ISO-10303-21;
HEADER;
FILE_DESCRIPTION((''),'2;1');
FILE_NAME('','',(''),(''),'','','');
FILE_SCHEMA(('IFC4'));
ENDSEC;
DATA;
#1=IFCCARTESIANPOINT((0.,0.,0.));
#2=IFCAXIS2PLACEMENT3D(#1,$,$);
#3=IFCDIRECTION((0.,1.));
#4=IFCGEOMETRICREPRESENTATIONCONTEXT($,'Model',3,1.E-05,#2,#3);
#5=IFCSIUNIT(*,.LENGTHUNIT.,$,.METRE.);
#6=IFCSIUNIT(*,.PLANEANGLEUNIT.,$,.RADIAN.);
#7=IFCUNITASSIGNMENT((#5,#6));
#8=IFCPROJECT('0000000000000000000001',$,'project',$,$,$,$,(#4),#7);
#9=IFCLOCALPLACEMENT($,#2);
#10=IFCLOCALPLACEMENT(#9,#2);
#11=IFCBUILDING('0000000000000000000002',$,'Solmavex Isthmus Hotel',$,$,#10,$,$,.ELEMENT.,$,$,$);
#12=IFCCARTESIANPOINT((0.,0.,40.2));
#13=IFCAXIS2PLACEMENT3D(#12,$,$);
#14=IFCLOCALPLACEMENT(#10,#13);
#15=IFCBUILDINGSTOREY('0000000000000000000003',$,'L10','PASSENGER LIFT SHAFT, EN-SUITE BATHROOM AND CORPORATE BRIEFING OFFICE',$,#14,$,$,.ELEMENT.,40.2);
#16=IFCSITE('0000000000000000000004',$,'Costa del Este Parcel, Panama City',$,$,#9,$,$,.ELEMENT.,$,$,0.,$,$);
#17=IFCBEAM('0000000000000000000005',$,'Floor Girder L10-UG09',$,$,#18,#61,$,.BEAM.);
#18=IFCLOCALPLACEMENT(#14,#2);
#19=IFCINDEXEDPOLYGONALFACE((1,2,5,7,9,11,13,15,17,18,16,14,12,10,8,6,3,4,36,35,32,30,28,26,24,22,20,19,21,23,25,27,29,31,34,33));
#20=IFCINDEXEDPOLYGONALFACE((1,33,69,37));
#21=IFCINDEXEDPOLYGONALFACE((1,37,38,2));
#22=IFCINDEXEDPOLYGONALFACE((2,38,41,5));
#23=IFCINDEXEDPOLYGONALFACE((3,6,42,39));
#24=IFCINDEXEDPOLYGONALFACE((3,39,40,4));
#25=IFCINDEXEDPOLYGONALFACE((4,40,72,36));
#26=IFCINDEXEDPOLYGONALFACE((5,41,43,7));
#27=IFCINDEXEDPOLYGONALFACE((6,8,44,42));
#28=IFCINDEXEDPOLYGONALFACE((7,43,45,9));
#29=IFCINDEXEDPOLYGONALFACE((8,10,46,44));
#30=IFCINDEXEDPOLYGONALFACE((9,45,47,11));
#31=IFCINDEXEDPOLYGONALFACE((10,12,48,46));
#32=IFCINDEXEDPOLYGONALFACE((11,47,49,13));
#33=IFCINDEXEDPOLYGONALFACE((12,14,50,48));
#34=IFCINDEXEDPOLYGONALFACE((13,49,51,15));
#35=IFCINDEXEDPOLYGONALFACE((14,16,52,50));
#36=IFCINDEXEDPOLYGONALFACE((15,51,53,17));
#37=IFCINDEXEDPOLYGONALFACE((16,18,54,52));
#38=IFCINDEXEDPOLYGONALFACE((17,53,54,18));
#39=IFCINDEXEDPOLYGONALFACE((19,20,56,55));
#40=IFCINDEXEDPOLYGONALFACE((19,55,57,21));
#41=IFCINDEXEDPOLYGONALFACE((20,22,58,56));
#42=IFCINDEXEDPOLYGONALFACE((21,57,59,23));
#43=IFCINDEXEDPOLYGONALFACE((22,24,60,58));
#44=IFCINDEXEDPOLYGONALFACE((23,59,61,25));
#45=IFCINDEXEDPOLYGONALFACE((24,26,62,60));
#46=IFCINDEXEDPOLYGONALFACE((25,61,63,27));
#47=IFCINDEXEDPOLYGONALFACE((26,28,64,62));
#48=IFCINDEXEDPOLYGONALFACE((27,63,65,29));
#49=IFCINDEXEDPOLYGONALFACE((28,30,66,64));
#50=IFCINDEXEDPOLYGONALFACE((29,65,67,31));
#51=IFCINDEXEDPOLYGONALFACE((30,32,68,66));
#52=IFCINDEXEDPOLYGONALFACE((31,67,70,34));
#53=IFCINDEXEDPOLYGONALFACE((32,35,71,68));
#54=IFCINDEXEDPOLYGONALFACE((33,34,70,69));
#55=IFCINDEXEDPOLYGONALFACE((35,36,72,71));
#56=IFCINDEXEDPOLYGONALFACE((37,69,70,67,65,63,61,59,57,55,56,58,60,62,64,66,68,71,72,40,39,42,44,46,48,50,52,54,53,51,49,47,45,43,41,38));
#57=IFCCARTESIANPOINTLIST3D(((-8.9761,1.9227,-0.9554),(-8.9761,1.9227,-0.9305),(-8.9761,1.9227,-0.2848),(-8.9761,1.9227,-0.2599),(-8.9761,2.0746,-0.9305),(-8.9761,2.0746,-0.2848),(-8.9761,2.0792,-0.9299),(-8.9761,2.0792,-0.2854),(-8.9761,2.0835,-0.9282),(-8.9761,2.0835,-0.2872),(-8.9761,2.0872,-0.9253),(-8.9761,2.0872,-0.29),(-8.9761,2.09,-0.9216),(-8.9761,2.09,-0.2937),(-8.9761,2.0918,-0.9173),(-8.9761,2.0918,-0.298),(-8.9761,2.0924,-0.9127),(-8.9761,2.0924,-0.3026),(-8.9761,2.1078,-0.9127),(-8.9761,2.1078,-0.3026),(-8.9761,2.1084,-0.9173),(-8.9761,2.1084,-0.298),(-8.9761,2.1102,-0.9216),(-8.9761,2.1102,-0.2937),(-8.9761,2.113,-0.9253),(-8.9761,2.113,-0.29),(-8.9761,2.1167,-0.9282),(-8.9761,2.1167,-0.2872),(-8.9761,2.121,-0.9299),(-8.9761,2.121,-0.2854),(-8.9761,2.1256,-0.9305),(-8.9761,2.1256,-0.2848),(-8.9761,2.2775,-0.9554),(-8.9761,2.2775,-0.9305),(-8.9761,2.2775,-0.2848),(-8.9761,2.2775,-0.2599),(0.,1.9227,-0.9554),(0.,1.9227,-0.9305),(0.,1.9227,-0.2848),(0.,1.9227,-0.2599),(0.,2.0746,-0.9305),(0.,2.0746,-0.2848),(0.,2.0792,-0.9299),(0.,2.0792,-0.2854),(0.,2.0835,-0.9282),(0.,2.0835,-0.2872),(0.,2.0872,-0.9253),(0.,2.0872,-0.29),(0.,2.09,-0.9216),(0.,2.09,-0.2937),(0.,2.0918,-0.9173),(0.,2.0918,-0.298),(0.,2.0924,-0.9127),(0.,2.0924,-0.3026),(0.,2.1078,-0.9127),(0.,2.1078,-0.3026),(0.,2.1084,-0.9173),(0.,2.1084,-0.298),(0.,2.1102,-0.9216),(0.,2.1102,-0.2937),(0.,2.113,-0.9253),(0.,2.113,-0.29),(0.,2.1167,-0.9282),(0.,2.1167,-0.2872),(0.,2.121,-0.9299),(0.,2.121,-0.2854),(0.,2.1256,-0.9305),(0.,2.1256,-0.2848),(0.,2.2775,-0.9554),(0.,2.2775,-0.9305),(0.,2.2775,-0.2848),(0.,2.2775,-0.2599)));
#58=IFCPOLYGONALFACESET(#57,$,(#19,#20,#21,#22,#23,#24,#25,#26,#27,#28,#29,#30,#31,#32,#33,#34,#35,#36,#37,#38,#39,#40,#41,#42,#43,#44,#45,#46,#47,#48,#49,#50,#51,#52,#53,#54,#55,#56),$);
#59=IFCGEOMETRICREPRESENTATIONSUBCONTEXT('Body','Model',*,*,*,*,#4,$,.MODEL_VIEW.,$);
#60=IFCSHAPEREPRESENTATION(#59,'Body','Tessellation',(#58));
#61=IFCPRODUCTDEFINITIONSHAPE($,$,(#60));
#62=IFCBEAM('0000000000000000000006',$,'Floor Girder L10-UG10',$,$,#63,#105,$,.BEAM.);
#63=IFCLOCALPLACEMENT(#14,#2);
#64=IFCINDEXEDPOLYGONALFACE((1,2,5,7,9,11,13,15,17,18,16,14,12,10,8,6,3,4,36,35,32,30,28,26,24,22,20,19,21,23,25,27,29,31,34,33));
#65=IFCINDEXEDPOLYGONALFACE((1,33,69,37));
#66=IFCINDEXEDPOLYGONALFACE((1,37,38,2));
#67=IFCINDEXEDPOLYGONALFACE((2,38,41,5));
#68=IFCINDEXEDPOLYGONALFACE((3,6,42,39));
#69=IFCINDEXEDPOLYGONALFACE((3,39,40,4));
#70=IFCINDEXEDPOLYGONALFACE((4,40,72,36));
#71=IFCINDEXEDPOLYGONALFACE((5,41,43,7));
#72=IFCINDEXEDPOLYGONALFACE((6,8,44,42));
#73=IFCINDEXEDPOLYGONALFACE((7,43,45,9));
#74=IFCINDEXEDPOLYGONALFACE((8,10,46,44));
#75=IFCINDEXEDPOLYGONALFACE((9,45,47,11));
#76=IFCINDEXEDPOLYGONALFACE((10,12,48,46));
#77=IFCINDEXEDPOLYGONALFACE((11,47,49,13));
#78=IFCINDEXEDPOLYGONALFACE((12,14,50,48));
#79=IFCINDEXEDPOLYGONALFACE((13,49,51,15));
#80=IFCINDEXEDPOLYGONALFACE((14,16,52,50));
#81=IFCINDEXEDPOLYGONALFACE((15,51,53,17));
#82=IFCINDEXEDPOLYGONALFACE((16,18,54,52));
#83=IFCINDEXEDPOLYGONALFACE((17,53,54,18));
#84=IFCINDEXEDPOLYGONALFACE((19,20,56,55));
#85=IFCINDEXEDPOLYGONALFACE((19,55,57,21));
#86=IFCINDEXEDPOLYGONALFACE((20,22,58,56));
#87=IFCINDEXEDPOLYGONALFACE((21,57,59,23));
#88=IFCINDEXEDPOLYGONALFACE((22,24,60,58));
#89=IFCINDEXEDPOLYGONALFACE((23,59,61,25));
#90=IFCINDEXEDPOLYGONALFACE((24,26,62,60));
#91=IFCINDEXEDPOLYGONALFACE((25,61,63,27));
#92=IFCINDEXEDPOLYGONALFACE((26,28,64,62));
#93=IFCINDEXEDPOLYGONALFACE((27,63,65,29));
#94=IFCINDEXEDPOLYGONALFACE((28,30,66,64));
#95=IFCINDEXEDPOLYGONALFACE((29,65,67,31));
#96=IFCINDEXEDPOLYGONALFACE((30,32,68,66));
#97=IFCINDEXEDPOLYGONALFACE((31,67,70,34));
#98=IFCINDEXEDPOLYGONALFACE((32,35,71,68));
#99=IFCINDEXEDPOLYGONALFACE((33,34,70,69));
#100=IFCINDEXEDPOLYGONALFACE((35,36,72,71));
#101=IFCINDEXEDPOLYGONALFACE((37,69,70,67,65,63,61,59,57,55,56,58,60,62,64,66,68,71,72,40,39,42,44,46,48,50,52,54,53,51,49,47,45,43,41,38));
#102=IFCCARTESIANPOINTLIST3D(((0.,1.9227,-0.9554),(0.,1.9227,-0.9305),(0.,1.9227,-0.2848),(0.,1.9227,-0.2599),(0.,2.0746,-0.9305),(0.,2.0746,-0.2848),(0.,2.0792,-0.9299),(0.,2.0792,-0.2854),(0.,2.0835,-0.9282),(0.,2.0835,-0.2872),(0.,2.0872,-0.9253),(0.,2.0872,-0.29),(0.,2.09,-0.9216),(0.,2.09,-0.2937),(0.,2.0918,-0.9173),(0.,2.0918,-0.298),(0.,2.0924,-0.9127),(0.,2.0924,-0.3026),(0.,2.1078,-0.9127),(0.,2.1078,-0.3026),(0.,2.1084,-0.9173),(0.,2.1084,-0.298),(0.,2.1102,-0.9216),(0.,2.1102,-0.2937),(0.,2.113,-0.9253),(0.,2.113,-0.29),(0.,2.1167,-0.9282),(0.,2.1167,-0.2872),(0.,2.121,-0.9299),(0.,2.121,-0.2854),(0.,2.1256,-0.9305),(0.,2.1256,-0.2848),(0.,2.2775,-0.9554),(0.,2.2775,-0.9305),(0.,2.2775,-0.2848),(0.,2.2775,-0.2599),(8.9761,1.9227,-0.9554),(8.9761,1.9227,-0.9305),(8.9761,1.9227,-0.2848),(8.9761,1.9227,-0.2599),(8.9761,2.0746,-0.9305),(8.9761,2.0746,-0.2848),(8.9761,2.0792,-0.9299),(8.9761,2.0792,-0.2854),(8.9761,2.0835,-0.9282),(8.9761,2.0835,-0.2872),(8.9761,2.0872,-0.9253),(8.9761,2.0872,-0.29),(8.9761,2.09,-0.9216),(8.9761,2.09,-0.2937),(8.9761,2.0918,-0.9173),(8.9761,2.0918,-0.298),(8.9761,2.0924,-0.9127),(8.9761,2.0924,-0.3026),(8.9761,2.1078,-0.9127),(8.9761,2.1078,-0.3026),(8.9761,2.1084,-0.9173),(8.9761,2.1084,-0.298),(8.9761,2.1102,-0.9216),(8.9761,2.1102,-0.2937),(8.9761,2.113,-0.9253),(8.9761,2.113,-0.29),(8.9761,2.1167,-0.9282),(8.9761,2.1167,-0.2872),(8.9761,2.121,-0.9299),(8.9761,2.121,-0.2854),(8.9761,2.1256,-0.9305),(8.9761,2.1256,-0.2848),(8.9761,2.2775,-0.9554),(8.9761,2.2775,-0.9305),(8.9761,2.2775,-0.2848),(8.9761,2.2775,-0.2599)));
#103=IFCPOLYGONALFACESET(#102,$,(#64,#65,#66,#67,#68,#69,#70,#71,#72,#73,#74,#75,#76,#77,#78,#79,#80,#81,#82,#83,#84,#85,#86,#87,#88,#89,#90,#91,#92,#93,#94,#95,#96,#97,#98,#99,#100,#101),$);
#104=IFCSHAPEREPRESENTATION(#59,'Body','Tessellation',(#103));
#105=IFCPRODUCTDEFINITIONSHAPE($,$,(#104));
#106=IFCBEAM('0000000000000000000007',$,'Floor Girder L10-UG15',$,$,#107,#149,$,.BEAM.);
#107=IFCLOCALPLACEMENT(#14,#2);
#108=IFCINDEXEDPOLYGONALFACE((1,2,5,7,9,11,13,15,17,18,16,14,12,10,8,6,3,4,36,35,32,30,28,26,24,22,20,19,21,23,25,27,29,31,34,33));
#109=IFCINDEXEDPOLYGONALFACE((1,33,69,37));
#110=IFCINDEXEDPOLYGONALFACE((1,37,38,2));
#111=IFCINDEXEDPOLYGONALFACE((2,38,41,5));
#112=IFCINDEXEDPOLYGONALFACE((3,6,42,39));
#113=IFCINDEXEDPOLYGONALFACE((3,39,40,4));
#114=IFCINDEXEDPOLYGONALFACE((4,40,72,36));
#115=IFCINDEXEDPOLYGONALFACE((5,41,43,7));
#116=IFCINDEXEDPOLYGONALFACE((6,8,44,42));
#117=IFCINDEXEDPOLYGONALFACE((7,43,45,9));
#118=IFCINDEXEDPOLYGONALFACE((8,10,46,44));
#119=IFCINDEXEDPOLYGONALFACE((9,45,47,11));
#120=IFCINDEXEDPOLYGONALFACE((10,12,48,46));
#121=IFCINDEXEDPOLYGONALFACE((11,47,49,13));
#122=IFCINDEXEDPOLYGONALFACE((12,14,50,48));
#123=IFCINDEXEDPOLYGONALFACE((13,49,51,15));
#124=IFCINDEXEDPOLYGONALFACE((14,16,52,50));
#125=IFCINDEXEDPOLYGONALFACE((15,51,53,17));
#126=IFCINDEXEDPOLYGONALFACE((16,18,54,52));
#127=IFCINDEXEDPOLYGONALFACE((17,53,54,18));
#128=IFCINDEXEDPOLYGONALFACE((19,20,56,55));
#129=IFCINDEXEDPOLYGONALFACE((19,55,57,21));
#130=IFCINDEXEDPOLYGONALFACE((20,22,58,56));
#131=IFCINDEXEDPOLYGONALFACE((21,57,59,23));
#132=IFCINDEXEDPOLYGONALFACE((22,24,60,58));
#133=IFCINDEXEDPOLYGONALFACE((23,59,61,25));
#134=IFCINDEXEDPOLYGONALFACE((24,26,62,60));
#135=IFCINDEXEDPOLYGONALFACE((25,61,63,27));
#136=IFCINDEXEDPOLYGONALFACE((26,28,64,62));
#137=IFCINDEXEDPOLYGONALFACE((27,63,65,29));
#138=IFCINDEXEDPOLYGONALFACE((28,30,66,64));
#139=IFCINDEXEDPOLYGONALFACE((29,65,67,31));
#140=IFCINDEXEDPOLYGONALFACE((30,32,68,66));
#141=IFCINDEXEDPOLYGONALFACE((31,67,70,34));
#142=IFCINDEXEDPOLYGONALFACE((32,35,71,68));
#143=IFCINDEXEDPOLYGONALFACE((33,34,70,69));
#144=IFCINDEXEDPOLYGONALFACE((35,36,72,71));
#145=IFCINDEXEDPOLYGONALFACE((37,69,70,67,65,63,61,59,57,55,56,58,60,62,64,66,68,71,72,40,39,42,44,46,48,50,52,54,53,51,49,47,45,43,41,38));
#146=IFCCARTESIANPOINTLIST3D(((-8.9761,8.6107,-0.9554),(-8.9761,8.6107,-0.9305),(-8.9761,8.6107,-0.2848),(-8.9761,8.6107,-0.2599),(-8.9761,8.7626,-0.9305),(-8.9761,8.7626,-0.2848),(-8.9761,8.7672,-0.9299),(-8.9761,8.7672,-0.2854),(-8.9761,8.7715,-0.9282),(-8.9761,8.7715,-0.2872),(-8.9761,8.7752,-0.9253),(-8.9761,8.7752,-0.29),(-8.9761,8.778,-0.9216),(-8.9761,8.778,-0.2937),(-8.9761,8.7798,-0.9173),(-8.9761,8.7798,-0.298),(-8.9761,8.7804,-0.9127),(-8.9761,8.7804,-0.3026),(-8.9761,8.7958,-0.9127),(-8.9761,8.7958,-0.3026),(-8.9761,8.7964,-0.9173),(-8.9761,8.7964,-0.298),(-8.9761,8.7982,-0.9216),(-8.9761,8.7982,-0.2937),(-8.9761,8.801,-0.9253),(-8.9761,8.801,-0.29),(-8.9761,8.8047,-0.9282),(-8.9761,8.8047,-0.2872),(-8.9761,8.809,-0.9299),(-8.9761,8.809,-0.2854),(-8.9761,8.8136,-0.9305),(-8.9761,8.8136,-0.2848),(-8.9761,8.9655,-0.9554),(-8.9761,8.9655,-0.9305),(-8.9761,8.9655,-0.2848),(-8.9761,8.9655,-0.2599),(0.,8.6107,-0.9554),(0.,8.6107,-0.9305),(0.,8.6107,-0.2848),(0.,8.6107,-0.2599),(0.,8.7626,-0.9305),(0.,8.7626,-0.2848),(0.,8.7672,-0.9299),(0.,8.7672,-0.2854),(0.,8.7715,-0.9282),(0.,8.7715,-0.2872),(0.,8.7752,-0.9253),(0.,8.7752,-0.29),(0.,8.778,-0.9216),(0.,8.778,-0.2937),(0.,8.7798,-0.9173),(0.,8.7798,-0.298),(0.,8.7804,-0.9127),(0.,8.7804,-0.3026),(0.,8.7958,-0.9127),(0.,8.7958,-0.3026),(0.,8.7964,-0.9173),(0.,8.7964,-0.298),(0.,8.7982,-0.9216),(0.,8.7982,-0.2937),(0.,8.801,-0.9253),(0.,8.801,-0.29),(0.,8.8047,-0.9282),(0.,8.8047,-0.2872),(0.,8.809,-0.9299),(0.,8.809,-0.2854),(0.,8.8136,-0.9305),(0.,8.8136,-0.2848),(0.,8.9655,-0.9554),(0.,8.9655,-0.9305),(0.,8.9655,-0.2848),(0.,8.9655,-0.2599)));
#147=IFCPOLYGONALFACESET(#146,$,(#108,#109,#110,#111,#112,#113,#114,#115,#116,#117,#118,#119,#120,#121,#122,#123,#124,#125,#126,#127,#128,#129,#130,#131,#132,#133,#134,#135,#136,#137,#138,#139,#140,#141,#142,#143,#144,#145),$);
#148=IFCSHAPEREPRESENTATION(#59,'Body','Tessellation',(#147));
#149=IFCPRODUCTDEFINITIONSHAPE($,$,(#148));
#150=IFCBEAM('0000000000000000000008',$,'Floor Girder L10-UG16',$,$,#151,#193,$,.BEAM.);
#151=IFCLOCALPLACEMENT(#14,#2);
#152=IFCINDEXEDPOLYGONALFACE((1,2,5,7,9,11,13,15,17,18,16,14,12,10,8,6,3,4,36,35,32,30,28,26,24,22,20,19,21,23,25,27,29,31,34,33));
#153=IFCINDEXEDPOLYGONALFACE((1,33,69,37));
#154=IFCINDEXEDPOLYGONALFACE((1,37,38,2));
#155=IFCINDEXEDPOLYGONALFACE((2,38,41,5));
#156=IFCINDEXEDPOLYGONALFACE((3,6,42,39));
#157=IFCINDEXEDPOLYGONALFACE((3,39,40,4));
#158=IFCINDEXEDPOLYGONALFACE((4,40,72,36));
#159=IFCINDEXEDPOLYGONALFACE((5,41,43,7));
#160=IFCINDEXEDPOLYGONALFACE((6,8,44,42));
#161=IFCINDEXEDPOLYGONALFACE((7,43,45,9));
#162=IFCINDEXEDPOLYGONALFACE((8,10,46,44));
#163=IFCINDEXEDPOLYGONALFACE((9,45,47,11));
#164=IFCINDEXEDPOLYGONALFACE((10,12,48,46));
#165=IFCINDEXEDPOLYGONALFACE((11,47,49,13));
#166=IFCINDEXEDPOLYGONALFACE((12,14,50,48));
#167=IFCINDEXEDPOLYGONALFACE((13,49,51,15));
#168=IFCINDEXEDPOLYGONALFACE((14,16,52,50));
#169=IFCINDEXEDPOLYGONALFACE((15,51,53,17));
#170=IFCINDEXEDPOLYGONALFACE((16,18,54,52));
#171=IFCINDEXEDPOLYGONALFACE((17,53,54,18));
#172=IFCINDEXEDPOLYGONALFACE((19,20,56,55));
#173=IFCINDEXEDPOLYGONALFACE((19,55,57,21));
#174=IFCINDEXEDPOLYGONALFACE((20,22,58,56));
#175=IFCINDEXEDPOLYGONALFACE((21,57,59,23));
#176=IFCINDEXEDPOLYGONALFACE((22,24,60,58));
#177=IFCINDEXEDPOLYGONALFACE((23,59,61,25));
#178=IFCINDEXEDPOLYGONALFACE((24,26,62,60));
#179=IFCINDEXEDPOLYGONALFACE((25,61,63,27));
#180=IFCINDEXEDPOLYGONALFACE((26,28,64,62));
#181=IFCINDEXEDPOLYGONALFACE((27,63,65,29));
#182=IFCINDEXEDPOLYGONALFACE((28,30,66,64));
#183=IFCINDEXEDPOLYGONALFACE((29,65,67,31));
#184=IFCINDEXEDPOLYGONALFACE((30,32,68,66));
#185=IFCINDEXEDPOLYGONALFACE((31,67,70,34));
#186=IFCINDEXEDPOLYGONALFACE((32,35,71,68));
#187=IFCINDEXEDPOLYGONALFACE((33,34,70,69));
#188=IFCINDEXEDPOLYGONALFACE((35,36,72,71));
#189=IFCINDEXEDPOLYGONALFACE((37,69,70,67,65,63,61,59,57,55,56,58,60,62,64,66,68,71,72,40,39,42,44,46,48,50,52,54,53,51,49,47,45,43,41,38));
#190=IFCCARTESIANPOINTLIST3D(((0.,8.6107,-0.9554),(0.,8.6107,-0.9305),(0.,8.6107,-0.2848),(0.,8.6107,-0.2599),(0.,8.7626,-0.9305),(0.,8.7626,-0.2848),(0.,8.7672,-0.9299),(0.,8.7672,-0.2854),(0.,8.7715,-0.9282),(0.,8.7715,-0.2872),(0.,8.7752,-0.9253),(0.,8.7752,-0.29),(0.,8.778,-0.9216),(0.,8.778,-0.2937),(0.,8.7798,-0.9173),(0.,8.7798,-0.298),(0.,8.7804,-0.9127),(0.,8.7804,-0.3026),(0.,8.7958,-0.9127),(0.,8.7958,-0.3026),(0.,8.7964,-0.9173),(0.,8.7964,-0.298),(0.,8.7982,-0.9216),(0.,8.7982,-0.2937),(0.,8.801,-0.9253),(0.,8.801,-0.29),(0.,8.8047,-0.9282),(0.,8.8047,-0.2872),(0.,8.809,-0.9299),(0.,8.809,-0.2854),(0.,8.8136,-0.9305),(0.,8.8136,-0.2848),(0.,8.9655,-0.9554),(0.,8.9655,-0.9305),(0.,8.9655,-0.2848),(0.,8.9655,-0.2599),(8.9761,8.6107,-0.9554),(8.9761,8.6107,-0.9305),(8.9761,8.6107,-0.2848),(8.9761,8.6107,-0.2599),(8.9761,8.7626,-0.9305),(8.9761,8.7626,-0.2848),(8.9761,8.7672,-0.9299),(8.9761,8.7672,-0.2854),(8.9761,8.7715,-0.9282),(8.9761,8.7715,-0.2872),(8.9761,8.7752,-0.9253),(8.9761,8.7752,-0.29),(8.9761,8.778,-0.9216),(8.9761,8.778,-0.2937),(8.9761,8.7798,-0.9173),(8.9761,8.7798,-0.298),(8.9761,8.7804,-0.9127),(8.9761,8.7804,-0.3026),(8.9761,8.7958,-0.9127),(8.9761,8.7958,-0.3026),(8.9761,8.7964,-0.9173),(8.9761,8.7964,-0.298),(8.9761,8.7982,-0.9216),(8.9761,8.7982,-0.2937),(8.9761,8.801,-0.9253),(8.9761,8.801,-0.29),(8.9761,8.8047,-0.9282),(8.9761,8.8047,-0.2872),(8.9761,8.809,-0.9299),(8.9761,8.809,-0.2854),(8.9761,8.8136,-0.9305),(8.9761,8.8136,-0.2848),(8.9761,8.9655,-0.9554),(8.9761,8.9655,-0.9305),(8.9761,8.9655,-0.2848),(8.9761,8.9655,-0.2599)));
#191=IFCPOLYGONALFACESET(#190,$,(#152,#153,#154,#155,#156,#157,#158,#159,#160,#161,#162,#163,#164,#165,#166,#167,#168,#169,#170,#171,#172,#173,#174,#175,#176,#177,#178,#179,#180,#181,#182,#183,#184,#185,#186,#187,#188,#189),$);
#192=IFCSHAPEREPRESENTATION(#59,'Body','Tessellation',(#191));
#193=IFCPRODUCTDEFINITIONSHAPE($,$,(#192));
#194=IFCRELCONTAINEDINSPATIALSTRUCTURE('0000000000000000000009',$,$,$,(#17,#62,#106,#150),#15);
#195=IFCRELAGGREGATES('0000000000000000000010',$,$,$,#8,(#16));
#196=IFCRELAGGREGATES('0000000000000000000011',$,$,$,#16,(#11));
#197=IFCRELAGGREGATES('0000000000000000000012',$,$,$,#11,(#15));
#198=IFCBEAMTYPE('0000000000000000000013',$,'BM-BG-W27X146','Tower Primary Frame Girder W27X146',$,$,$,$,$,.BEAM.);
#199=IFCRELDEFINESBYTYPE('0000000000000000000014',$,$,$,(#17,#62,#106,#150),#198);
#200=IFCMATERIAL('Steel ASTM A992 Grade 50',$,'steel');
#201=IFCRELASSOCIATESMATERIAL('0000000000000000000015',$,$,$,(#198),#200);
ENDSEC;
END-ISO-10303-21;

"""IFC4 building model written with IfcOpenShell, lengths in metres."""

from ifc_helpers import new_model, si_unit, direction, frame, origin, origin_2d, place, context, subcontext, project, spatial, i_section, extrude, material, material_profile, profile_set, type_object, element, save


model = new_model("IFC4")

# Units and contexts
model_context = context("Model", 3, precision=1e-05, world=origin(), true_north=direction((0.0, 1.0)))
body_context = subcontext(model_context, "Body", "Model", "MODEL_VIEW")
ifc_project = project(units=[si_unit("LENGTHUNIT", "METRE"), si_unit("PLANEANGLEUNIT", "RADIAN")], contexts=[model_context])

# Site, building, storey
site_placement = place(None, origin())
site = spatial("IfcSite", under=ifc_project, at=site_placement, Name="Costa del Este Parcel, Panama City", CompositionType="ELEMENT", RefElevation=0.0)
building_placement = place(site_placement, origin())
building = spatial("IfcBuilding", under=site, at=building_placement, Name="Solmavex Isthmus Hotel", CompositionType="ELEMENT")
storey_placement = place(building_placement, frame((0.0, 0.0, 40.2)))
storey = spatial("IfcBuildingStorey", under=building, at=storey_placement, Name="L10", Description="PASSENGER LIFT SHAFT, EN-SUITE BATHROOM AND CORPORATE BRIEFING OFFICE", CompositionType="ELEMENT", Elevation=40.2)

# Beams
ifc_material_1 = material(Name="Steel ASTM A992 Grade 50", Category="steel")
ifc_material_profile_1 = material_profile(ifc_material_1, i_section(OverallWidth=0.3547, OverallDepth=0.6956, WebThickness=0.0154, FlangeThickness=0.0249, FilletRadius=0.0178, at=origin_2d()), Name="W27X146")
ifc_profile_set_1 = profile_set([ifc_material_profile_1], Name="Steel ASTM A992 Grade 50")
beam_type_1 = type_object("IfcBeamType", Name="BM-BG-W27X146", Description="Tower Primary Frame Girder W27X146", PredefinedType="BEAM", material=ifc_profile_set_1)
for number, where, z_axis, x_axis, name in (
    (1, (-8.9761, 2.1001, -0.6077), (1.0, 0.0, 0.0), (0.0, 1.0, 0.0), "Floor Girder L10-UG09"),
    (2, (0.0, 2.1001, -0.6077), (1.0, 0.0, 0.0), (0.0, 1.0, 0.0), "Floor Girder L10-UG10"),
    (3, (-8.9761, 8.7881, -0.6077), (1.0, 0.0, 0.0), (0.0, 1.0, 0.0), "Floor Girder L10-UG15"),
    (4, (0.0, 8.7881, -0.6077), (1.0, 0.0, 0.0), (0.0, 1.0, 0.0), "Floor Girder L10-UG16"),
):
    element("IfcBeam", number, at=place(storey_placement, frame(where, z_axis=z_axis, x_axis=x_axis)), inside=storey, type_object=beam_type_1, Name=name, PredefinedType="BEAM", context=body_context, shape_type="SweptSolid", body=[
        extrude(i_section(OverallWidth=0.3547, OverallDepth=0.6956, WebThickness=0.0154, FlangeThickness=0.0249, FilletRadius=0.0178, at=origin_2d()), origin(), (0.0, 0.0, 1.0), 8.9761),
    ])

save(model, "model.ifc")
